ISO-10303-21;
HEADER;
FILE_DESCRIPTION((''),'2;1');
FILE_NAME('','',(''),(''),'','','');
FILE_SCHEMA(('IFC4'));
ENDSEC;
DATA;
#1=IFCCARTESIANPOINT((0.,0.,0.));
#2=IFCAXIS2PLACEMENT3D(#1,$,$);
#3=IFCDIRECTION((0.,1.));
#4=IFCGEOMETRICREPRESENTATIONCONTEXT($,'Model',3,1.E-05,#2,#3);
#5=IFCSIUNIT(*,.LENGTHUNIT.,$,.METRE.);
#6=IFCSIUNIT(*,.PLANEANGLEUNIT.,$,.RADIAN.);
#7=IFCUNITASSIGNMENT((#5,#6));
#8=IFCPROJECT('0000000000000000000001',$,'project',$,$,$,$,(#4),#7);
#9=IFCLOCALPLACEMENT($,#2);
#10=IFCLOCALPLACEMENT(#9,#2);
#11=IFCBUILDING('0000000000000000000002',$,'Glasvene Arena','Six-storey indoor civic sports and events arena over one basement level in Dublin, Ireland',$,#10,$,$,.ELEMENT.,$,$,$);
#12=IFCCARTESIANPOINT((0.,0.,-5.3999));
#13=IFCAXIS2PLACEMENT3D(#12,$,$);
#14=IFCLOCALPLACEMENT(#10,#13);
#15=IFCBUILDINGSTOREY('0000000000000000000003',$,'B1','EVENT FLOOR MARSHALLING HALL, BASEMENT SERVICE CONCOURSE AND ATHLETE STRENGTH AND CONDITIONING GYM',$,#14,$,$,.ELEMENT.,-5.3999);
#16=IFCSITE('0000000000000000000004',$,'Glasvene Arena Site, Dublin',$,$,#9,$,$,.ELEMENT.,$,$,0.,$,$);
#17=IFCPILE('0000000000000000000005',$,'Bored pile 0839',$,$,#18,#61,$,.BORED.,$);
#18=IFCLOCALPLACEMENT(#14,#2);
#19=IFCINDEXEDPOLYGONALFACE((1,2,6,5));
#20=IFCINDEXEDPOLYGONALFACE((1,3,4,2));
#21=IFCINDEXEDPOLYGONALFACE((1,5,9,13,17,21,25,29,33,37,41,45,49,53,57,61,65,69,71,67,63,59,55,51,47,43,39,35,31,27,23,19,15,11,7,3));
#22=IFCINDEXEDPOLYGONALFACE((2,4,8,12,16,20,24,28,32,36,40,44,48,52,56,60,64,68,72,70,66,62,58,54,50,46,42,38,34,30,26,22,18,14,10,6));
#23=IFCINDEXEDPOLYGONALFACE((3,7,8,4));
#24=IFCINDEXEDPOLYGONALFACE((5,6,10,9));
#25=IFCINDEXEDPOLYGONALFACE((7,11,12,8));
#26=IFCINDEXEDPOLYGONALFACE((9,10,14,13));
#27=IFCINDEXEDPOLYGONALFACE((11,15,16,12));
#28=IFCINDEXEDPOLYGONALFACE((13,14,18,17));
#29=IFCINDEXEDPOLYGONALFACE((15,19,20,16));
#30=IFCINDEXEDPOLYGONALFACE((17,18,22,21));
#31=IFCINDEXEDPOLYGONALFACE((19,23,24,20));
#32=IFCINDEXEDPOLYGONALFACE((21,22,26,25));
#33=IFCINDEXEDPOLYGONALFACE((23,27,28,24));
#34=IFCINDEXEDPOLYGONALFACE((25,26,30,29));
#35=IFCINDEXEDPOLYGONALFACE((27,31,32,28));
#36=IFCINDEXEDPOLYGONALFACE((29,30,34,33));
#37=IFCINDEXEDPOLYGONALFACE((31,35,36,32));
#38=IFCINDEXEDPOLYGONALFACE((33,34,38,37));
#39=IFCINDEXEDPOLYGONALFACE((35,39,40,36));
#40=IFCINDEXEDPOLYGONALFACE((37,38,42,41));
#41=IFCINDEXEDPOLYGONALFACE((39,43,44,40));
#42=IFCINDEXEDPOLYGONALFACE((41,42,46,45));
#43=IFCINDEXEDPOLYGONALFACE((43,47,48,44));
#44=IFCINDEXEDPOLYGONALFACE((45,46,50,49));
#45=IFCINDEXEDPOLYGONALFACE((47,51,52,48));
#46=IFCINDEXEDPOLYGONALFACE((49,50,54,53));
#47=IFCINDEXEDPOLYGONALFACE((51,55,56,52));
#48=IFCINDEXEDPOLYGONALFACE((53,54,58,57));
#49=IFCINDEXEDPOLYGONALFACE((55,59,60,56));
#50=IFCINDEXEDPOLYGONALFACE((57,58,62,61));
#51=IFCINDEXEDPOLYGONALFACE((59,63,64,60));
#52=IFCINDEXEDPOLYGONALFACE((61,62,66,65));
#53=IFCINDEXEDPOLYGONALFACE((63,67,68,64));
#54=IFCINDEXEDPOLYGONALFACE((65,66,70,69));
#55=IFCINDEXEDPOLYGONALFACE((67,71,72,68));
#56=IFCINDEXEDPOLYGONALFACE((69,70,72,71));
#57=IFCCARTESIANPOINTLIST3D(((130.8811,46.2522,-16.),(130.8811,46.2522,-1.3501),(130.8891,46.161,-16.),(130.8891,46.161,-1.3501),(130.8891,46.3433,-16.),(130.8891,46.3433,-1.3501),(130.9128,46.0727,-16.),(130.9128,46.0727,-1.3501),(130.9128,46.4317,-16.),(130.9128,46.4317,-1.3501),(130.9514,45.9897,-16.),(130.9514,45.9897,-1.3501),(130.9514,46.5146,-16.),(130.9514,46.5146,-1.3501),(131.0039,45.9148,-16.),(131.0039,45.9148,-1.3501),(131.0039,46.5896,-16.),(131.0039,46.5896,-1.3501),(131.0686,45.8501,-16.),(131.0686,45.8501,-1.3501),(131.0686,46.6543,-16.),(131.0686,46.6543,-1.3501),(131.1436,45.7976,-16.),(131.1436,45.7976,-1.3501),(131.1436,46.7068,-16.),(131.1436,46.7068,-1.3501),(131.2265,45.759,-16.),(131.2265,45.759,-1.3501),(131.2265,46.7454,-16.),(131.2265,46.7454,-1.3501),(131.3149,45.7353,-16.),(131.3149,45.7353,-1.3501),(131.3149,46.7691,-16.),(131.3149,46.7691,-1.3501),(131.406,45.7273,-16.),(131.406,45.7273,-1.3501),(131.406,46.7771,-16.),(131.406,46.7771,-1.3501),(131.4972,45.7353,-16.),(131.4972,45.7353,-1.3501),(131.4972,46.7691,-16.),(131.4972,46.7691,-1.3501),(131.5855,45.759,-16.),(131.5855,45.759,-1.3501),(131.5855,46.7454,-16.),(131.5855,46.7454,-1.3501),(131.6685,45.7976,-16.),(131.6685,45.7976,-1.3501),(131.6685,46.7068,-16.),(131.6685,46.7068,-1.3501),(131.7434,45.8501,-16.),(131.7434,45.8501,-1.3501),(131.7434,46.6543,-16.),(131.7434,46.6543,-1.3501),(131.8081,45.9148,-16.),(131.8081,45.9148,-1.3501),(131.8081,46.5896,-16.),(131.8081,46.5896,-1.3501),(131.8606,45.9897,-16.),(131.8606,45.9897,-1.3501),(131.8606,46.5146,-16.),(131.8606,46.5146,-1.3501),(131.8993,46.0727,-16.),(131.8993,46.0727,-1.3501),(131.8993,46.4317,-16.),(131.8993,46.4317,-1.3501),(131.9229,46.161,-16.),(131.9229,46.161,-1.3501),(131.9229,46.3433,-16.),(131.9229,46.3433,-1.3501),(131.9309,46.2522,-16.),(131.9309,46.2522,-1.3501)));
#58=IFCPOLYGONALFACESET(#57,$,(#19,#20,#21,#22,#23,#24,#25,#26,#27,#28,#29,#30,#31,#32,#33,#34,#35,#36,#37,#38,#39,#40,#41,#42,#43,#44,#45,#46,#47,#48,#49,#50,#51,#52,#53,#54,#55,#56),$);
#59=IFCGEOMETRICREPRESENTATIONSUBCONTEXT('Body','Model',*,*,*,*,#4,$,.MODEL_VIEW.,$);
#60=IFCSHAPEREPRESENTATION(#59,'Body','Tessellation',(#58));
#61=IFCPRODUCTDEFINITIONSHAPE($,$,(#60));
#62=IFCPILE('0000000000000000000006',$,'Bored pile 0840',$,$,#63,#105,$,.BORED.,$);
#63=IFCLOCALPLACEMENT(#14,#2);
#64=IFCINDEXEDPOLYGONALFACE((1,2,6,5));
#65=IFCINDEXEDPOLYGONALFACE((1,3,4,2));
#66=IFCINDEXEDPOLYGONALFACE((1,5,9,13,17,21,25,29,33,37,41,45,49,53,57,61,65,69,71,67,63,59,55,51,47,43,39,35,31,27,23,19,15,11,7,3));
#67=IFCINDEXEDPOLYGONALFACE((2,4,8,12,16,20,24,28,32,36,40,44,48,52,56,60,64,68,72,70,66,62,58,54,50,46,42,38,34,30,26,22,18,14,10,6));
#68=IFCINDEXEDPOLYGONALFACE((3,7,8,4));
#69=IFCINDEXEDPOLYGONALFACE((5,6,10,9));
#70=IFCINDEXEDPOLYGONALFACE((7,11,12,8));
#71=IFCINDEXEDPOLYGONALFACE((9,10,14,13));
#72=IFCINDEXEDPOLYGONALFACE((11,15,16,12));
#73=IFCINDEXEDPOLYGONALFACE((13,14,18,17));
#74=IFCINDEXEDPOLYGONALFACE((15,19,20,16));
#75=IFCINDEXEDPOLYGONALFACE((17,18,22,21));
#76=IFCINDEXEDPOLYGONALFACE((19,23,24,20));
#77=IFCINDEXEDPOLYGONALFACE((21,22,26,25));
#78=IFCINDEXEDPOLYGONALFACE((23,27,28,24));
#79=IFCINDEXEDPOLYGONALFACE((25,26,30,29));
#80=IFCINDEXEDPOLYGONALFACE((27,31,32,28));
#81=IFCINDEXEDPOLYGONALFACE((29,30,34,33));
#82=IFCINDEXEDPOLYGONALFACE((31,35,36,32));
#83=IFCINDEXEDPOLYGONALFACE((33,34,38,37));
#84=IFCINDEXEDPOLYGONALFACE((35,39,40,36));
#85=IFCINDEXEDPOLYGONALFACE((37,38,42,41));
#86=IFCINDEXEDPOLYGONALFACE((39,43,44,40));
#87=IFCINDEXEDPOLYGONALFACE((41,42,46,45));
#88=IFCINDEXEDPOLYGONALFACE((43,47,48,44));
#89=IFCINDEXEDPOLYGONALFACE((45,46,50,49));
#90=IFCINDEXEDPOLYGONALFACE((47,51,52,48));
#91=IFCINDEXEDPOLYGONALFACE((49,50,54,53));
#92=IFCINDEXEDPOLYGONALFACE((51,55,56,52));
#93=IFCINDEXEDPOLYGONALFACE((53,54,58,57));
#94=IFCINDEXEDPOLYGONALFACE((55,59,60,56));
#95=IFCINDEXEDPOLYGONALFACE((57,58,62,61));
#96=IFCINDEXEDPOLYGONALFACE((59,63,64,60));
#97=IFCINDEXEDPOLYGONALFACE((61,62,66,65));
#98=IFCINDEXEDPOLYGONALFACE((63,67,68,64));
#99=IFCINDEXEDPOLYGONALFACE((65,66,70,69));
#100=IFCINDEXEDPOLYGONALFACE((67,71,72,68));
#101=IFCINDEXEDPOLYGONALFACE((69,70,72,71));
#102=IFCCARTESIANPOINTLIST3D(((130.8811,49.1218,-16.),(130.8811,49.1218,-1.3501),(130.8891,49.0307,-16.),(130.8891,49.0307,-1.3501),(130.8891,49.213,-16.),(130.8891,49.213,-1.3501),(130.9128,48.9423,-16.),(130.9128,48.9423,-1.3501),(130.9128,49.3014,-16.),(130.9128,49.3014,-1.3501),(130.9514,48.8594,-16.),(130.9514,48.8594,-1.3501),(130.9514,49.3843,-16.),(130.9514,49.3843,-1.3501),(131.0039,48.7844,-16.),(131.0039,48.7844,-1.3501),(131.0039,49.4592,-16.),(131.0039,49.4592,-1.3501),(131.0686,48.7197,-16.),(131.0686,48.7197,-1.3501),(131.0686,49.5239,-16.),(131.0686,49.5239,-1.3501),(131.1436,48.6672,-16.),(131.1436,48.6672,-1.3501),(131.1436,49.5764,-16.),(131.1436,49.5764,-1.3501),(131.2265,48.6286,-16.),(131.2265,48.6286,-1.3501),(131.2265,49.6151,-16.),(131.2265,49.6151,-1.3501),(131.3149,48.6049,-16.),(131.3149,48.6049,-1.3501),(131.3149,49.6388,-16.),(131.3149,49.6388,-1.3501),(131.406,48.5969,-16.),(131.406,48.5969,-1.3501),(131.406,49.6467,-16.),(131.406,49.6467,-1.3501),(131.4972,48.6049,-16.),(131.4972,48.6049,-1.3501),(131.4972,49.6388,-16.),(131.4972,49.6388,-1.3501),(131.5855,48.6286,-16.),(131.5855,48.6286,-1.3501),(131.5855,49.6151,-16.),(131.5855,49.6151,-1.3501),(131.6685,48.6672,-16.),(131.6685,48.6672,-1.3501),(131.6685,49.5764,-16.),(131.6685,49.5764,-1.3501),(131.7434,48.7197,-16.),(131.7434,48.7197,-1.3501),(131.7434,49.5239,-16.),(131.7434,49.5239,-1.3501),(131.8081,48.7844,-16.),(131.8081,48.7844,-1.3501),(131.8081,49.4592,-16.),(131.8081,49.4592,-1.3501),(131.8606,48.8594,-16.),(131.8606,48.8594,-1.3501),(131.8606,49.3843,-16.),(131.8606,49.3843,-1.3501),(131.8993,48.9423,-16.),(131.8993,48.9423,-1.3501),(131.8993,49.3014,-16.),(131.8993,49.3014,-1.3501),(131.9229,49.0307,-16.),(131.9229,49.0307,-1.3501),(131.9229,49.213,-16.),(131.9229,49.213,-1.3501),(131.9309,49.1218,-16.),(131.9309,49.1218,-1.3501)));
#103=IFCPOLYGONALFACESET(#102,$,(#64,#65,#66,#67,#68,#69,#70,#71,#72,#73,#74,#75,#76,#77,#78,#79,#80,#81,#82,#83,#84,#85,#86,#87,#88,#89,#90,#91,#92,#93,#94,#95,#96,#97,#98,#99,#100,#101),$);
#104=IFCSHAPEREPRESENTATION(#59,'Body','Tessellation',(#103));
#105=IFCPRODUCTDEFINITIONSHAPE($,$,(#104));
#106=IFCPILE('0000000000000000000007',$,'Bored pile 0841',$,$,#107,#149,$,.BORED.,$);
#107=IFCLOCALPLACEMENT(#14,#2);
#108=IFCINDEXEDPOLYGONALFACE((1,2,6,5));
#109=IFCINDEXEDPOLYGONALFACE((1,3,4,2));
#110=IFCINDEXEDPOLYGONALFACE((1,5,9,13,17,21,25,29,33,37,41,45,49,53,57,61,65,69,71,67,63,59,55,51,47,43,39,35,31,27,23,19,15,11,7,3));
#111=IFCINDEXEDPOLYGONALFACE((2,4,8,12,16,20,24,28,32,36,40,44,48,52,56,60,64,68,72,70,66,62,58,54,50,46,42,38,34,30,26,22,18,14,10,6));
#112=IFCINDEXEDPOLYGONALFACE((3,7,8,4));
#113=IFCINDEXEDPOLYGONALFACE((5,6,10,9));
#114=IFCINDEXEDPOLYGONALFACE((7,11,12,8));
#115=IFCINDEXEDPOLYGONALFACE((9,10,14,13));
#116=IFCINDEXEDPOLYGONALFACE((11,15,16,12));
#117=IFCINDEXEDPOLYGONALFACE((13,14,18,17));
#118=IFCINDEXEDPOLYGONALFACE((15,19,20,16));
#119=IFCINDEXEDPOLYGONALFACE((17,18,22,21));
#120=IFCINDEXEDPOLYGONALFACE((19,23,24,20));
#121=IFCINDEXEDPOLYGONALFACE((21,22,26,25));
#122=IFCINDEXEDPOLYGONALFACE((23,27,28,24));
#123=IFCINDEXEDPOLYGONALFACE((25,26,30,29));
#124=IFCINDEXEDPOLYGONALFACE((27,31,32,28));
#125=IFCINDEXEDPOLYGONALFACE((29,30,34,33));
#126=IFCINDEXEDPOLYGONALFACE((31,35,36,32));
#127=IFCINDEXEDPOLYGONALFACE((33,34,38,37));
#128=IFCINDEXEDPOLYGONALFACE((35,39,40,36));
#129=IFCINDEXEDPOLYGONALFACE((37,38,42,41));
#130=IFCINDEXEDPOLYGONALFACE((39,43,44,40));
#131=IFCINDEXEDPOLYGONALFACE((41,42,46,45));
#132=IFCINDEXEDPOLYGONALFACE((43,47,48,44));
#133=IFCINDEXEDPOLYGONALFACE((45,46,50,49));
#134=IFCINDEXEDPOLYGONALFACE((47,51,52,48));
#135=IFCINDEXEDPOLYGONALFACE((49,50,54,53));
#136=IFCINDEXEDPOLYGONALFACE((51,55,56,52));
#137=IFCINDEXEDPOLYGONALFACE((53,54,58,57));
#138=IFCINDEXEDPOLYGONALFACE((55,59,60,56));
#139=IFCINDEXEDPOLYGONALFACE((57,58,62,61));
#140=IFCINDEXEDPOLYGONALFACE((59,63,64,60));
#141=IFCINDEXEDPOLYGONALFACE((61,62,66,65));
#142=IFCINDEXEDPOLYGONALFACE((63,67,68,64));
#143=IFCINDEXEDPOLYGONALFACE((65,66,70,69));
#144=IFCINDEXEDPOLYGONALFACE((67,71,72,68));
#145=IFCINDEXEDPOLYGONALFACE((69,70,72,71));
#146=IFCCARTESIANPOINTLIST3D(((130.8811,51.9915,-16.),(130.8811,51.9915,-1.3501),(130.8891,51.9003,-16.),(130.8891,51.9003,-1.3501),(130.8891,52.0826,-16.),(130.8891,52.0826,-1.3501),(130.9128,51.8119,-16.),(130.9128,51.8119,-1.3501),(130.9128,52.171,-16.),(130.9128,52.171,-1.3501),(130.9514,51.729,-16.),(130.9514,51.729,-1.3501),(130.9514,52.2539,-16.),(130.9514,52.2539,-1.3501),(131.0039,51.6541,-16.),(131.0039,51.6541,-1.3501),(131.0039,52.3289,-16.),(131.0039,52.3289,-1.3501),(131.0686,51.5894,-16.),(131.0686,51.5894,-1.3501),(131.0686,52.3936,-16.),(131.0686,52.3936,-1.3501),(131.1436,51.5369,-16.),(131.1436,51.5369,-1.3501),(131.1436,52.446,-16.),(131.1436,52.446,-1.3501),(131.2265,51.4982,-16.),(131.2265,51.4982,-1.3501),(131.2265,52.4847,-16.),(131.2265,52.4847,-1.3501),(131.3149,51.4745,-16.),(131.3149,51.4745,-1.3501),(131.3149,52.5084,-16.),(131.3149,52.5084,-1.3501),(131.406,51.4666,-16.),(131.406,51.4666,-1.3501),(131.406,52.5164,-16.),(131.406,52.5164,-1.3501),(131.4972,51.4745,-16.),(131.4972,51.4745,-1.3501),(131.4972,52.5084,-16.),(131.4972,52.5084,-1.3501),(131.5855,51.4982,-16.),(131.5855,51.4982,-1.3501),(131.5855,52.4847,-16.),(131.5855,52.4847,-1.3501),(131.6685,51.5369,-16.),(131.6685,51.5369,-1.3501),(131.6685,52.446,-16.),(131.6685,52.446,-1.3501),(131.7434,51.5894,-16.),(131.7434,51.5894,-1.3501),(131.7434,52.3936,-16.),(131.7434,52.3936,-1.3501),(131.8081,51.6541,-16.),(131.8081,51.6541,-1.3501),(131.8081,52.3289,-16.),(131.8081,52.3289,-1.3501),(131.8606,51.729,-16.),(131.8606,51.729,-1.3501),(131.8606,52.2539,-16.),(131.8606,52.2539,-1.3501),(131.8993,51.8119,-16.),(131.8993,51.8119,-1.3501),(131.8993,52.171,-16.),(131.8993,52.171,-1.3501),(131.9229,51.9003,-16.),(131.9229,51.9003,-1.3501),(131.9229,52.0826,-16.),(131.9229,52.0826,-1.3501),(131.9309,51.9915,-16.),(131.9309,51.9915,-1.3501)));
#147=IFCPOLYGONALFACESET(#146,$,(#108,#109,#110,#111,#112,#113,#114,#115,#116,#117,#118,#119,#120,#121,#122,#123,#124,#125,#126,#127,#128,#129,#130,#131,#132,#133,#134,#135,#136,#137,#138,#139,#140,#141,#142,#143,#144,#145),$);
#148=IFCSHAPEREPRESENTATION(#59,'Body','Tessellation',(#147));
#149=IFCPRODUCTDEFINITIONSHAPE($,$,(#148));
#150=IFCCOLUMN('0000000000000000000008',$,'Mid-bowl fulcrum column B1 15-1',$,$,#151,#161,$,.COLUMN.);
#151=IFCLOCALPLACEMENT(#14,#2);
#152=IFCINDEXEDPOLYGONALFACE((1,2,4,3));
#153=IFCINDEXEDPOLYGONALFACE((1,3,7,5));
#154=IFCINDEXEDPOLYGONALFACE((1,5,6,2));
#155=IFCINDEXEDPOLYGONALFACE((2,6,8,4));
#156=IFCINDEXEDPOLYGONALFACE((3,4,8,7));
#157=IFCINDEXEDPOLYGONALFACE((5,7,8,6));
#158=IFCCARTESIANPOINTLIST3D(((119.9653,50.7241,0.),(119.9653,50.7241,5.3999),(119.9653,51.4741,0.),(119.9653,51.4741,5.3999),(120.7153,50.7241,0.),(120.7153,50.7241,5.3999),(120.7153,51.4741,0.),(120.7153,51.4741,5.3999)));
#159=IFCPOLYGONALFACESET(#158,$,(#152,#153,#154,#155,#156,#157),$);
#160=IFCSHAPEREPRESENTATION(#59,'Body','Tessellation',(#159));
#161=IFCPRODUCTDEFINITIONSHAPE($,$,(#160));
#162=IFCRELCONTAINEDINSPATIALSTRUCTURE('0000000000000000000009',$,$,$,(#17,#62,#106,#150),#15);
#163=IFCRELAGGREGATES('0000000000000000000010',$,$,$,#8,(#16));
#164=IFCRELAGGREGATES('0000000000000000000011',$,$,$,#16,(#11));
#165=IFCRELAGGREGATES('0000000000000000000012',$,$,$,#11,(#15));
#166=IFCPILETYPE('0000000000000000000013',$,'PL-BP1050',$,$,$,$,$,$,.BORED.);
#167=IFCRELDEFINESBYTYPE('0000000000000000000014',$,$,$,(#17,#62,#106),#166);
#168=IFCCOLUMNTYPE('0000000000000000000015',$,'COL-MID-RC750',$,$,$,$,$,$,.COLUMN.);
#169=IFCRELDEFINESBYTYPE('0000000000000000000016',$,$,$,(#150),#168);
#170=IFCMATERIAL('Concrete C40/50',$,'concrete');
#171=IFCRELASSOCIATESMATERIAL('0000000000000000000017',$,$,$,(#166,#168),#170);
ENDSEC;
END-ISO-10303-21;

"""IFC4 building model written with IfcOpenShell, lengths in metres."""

from ifc_helpers import new_model, si_unit, direction, frame, origin, origin_2d, place, context, subcontext, project, spatial, rectangle, circle, extrude, material, material_profile, profile_set, type_object, element, save


model = new_model("IFC4")

# Units and contexts
model_context = context("Model", 3, precision=1e-05, world=origin(), true_north=direction((0.0, 1.0)))
body_context = subcontext(model_context, "Body", "Model", "MODEL_VIEW")
ifc_project = project(units=[si_unit("LENGTHUNIT", "METRE"), si_unit("PLANEANGLEUNIT", "RADIAN")], contexts=[model_context])

# Site, building, storey
site_placement = place(None, origin())
site = spatial("IfcSite", under=ifc_project, at=site_placement, Name="Glasvene Arena Site, Dublin", CompositionType="ELEMENT", RefElevation=0.0)
building_placement = place(site_placement, origin())
building = spatial("IfcBuilding", under=site, at=building_placement, Name="Glasvene Arena", Description="Six-storey indoor civic sports and events arena over one basement level in Dublin, Ireland", CompositionType="ELEMENT")
storey_placement = place(building_placement, frame((0.0, 0.0, -5.3999)))
storey = spatial("IfcBuildingStorey", under=building, at=storey_placement, Name="B1", Description="EVENT FLOOR MARSHALLING HALL, BASEMENT SERVICE CONCOURSE AND ATHLETE STRENGTH AND CONDITIONING GYM", CompositionType="ELEMENT", Elevation=-5.3999)

# Shared definitions
ifc_material_1 = material(Name="Concrete C40/50", Category="concrete")

# Piles
ifc_material_profile_1 = material_profile(ifc_material_1, circle(Radius=0.5249, at=origin_2d()), Name="BORED PILE 1050")
ifc_profile_set_1 = profile_set([ifc_material_profile_1], Name="Concrete C40/50")
pile_type = type_object("IfcPileType", Name="PL-BP1050", PredefinedType="BORED", material=ifc_profile_set_1)
for number, where, z_axis, x_axis, name in (
    (1, (131.406, 46.2522, -1.3501), (0.0, 0.0, -1.0), (1.0, 0.0, 0.0), "Bored pile 0839"),
    (2, (131.406, 49.1218, -1.3501), (0.0, 0.0, -1.0), (1.0, 0.0, 0.0), "Bored pile 0840"),
    (3, (131.406, 51.9915, -1.3501), (0.0, 0.0, -1.0), (1.0, 0.0, 0.0), "Bored pile 0841"),
):
    element("IfcPile", number, at=place(storey_placement, frame(where, z_axis=z_axis, x_axis=x_axis)), inside=storey, type_object=pile_type, Name=name, PredefinedType="BORED", context=body_context, shape_type="SweptSolid", body=[
        extrude(circle(Radius=0.5249, at=origin_2d()), origin(), (0.0, 0.0, 1.0), 14.6499),
    ])

# Column
ifc_material_profile_2 = material_profile(ifc_material_1, rectangle(XDim=0.75, YDim=0.75, at=origin_2d()), Name="RC 750x750")
ifc_profile_set_2 = profile_set([ifc_material_profile_2], Name="Concrete C40/50")
column_type_1 = type_object("IfcColumnType", Name="COL-MID-RC750", PredefinedType="COLUMN", material=ifc_profile_set_2)
column_placement = place(storey_placement, frame((120.3403, 51.0991, 0.0), z_axis=(0.0, 0.0, 1.0), x_axis=(1.0, 0.0, 0.0)))
element("IfcColumn", 4, at=column_placement, inside=storey, type_object=column_type_1, Name="Mid-bowl fulcrum column B1 15-1", PredefinedType="COLUMN", context=body_context, shape_type="SweptSolid", body=[
    extrude(rectangle(XDim=0.75, YDim=0.75, at=origin_2d()), origin(), (0.0, 0.0, 1.0), 5.3999),
])

save(model, "model.ifc")
